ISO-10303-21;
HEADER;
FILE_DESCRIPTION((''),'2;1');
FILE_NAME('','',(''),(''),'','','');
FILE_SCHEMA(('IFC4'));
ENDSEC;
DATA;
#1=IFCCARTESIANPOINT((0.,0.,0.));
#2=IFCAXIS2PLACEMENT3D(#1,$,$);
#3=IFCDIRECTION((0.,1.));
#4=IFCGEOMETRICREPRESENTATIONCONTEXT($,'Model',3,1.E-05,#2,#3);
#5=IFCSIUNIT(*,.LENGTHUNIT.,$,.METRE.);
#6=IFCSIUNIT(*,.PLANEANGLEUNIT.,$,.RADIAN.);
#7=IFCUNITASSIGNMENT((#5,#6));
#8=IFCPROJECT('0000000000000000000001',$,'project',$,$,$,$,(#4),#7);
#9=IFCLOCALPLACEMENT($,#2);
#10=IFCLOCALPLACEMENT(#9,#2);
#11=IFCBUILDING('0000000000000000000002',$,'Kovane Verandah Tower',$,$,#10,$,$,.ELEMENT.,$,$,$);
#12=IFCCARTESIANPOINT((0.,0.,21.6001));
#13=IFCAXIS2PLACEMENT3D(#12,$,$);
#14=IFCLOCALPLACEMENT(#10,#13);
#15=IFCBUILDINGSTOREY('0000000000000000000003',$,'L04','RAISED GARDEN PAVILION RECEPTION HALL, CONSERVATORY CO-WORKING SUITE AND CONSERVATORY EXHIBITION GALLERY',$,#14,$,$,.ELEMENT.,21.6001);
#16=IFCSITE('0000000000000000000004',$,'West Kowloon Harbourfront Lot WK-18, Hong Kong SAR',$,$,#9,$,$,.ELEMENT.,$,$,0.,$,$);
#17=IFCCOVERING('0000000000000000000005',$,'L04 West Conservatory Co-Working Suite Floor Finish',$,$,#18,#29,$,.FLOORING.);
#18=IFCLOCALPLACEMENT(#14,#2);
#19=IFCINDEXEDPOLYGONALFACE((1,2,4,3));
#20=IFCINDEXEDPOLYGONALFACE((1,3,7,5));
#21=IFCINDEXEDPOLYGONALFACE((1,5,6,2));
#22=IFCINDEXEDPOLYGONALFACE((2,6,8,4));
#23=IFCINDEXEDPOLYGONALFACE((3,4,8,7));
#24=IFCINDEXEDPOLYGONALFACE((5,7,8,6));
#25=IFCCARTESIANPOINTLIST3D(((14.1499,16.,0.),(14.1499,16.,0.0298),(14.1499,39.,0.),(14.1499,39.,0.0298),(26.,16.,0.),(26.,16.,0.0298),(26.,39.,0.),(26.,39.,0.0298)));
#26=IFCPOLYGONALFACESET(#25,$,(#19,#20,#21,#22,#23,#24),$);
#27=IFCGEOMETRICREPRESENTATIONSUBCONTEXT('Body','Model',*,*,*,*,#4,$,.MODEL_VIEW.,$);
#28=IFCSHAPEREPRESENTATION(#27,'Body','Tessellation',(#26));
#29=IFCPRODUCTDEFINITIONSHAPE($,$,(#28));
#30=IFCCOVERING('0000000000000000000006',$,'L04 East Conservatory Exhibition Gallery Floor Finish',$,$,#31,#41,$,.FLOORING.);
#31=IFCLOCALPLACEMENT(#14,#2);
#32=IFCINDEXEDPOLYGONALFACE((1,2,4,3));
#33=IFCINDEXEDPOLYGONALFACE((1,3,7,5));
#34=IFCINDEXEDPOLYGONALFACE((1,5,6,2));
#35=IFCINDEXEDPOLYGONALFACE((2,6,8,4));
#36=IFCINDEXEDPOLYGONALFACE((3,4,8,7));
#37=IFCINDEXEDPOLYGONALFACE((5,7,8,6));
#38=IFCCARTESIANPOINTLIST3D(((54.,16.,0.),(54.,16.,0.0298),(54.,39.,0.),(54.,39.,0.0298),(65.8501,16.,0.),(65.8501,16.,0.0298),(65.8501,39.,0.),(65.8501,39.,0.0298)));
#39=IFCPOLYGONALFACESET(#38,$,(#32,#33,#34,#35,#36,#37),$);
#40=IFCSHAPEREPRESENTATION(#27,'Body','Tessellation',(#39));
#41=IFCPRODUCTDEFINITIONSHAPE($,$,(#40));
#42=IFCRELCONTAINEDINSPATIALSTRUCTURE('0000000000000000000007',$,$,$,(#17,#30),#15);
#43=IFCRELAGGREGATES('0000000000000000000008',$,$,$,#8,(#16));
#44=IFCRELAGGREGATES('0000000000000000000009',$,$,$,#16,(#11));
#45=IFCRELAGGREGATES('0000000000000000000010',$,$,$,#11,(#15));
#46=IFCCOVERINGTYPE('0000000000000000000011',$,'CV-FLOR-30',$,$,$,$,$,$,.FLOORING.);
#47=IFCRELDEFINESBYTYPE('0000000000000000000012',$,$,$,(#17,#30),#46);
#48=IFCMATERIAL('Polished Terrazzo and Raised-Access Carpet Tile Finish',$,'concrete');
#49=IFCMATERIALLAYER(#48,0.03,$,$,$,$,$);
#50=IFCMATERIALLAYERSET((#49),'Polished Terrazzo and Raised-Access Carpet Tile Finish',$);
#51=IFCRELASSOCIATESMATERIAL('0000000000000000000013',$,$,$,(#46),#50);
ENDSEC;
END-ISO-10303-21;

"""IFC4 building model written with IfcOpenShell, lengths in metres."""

from ifc_helpers import new_model, si_unit, direction, frame, origin, place, context, subcontext, project, spatial, polyline, outline, extrude, material, layer, layer_set, type_object, element, save


model = new_model("IFC4")

# Units and contexts
model_context = context("Model", 3, precision=1e-05, world=origin(), true_north=direction((0.0, 1.0)))
body_context = subcontext(model_context, "Body", "Model", "MODEL_VIEW")
ifc_project = project(units=[si_unit("LENGTHUNIT", "METRE"), si_unit("PLANEANGLEUNIT", "RADIAN")], contexts=[model_context])

# Site, building, storey
site_placement = place(None, origin())
site = spatial("IfcSite", under=ifc_project, at=site_placement, Name="West Kowloon Harbourfront Lot WK-18, Hong Kong SAR", CompositionType="ELEMENT", RefElevation=0.0)
building_placement = place(site_placement, origin())
building = spatial("IfcBuilding", under=site, at=building_placement, Name="Kovane Verandah Tower", CompositionType="ELEMENT")
storey_placement = place(building_placement, frame((0.0, 0.0, 21.6001)))
storey = spatial("IfcBuildingStorey", under=building, at=storey_placement, Name="L04", Description="RAISED GARDEN PAVILION RECEPTION HALL, CONSERVATORY CO-WORKING SUITE AND CONSERVATORY EXHIBITION GALLERY", CompositionType="ELEMENT", Elevation=21.6001)

# Coverings
ifc_material_1 = material(Name="Polished Terrazzo and Raised-Access Carpet Tile Finish", Category="concrete")
ifc_layer_1 = layer(ifc_material_1, 0.03)
ifc_layer_set_1 = layer_set([ifc_layer_1], Name="Polished Terrazzo and Raised-Access Carpet Tile Finish")
covering_type_1 = type_object("IfcCoveringType", Name="CV-FLOR-30", PredefinedType="FLOORING", material=ifc_layer_set_1)
covering_1_placement = place(storey_placement, origin())
element("IfcCovering", 1, at=covering_1_placement, inside=storey, type_object=covering_type_1, Name="L04 West Conservatory Co-Working Suite Floor Finish", PredefinedType="FLOORING", context=body_context, shape_type="SweptSolid", body=[
    extrude(outline(polyline([(14.1499, 16.0), (26.0, 16.0), (26.0, 39.0), (14.1499, 39.0), (14.1499, 16.0)])), origin(), (0.0, 0.0, 1.0), 0.0298),
])
covering_2_placement = place(storey_placement, origin())
element("IfcCovering", 2, at=covering_2_placement, inside=storey, type_object=covering_type_1, Name="L04 East Conservatory Exhibition Gallery Floor Finish", PredefinedType="FLOORING", context=body_context, shape_type="SweptSolid", body=[
    extrude(outline(polyline([(54.0, 16.0), (65.8501, 16.0), (65.8501, 39.0), (54.0, 39.0), (54.0, 16.0)])), origin(), (0.0, 0.0, 1.0), 0.0298),
])

save(model, "model.ifc")
